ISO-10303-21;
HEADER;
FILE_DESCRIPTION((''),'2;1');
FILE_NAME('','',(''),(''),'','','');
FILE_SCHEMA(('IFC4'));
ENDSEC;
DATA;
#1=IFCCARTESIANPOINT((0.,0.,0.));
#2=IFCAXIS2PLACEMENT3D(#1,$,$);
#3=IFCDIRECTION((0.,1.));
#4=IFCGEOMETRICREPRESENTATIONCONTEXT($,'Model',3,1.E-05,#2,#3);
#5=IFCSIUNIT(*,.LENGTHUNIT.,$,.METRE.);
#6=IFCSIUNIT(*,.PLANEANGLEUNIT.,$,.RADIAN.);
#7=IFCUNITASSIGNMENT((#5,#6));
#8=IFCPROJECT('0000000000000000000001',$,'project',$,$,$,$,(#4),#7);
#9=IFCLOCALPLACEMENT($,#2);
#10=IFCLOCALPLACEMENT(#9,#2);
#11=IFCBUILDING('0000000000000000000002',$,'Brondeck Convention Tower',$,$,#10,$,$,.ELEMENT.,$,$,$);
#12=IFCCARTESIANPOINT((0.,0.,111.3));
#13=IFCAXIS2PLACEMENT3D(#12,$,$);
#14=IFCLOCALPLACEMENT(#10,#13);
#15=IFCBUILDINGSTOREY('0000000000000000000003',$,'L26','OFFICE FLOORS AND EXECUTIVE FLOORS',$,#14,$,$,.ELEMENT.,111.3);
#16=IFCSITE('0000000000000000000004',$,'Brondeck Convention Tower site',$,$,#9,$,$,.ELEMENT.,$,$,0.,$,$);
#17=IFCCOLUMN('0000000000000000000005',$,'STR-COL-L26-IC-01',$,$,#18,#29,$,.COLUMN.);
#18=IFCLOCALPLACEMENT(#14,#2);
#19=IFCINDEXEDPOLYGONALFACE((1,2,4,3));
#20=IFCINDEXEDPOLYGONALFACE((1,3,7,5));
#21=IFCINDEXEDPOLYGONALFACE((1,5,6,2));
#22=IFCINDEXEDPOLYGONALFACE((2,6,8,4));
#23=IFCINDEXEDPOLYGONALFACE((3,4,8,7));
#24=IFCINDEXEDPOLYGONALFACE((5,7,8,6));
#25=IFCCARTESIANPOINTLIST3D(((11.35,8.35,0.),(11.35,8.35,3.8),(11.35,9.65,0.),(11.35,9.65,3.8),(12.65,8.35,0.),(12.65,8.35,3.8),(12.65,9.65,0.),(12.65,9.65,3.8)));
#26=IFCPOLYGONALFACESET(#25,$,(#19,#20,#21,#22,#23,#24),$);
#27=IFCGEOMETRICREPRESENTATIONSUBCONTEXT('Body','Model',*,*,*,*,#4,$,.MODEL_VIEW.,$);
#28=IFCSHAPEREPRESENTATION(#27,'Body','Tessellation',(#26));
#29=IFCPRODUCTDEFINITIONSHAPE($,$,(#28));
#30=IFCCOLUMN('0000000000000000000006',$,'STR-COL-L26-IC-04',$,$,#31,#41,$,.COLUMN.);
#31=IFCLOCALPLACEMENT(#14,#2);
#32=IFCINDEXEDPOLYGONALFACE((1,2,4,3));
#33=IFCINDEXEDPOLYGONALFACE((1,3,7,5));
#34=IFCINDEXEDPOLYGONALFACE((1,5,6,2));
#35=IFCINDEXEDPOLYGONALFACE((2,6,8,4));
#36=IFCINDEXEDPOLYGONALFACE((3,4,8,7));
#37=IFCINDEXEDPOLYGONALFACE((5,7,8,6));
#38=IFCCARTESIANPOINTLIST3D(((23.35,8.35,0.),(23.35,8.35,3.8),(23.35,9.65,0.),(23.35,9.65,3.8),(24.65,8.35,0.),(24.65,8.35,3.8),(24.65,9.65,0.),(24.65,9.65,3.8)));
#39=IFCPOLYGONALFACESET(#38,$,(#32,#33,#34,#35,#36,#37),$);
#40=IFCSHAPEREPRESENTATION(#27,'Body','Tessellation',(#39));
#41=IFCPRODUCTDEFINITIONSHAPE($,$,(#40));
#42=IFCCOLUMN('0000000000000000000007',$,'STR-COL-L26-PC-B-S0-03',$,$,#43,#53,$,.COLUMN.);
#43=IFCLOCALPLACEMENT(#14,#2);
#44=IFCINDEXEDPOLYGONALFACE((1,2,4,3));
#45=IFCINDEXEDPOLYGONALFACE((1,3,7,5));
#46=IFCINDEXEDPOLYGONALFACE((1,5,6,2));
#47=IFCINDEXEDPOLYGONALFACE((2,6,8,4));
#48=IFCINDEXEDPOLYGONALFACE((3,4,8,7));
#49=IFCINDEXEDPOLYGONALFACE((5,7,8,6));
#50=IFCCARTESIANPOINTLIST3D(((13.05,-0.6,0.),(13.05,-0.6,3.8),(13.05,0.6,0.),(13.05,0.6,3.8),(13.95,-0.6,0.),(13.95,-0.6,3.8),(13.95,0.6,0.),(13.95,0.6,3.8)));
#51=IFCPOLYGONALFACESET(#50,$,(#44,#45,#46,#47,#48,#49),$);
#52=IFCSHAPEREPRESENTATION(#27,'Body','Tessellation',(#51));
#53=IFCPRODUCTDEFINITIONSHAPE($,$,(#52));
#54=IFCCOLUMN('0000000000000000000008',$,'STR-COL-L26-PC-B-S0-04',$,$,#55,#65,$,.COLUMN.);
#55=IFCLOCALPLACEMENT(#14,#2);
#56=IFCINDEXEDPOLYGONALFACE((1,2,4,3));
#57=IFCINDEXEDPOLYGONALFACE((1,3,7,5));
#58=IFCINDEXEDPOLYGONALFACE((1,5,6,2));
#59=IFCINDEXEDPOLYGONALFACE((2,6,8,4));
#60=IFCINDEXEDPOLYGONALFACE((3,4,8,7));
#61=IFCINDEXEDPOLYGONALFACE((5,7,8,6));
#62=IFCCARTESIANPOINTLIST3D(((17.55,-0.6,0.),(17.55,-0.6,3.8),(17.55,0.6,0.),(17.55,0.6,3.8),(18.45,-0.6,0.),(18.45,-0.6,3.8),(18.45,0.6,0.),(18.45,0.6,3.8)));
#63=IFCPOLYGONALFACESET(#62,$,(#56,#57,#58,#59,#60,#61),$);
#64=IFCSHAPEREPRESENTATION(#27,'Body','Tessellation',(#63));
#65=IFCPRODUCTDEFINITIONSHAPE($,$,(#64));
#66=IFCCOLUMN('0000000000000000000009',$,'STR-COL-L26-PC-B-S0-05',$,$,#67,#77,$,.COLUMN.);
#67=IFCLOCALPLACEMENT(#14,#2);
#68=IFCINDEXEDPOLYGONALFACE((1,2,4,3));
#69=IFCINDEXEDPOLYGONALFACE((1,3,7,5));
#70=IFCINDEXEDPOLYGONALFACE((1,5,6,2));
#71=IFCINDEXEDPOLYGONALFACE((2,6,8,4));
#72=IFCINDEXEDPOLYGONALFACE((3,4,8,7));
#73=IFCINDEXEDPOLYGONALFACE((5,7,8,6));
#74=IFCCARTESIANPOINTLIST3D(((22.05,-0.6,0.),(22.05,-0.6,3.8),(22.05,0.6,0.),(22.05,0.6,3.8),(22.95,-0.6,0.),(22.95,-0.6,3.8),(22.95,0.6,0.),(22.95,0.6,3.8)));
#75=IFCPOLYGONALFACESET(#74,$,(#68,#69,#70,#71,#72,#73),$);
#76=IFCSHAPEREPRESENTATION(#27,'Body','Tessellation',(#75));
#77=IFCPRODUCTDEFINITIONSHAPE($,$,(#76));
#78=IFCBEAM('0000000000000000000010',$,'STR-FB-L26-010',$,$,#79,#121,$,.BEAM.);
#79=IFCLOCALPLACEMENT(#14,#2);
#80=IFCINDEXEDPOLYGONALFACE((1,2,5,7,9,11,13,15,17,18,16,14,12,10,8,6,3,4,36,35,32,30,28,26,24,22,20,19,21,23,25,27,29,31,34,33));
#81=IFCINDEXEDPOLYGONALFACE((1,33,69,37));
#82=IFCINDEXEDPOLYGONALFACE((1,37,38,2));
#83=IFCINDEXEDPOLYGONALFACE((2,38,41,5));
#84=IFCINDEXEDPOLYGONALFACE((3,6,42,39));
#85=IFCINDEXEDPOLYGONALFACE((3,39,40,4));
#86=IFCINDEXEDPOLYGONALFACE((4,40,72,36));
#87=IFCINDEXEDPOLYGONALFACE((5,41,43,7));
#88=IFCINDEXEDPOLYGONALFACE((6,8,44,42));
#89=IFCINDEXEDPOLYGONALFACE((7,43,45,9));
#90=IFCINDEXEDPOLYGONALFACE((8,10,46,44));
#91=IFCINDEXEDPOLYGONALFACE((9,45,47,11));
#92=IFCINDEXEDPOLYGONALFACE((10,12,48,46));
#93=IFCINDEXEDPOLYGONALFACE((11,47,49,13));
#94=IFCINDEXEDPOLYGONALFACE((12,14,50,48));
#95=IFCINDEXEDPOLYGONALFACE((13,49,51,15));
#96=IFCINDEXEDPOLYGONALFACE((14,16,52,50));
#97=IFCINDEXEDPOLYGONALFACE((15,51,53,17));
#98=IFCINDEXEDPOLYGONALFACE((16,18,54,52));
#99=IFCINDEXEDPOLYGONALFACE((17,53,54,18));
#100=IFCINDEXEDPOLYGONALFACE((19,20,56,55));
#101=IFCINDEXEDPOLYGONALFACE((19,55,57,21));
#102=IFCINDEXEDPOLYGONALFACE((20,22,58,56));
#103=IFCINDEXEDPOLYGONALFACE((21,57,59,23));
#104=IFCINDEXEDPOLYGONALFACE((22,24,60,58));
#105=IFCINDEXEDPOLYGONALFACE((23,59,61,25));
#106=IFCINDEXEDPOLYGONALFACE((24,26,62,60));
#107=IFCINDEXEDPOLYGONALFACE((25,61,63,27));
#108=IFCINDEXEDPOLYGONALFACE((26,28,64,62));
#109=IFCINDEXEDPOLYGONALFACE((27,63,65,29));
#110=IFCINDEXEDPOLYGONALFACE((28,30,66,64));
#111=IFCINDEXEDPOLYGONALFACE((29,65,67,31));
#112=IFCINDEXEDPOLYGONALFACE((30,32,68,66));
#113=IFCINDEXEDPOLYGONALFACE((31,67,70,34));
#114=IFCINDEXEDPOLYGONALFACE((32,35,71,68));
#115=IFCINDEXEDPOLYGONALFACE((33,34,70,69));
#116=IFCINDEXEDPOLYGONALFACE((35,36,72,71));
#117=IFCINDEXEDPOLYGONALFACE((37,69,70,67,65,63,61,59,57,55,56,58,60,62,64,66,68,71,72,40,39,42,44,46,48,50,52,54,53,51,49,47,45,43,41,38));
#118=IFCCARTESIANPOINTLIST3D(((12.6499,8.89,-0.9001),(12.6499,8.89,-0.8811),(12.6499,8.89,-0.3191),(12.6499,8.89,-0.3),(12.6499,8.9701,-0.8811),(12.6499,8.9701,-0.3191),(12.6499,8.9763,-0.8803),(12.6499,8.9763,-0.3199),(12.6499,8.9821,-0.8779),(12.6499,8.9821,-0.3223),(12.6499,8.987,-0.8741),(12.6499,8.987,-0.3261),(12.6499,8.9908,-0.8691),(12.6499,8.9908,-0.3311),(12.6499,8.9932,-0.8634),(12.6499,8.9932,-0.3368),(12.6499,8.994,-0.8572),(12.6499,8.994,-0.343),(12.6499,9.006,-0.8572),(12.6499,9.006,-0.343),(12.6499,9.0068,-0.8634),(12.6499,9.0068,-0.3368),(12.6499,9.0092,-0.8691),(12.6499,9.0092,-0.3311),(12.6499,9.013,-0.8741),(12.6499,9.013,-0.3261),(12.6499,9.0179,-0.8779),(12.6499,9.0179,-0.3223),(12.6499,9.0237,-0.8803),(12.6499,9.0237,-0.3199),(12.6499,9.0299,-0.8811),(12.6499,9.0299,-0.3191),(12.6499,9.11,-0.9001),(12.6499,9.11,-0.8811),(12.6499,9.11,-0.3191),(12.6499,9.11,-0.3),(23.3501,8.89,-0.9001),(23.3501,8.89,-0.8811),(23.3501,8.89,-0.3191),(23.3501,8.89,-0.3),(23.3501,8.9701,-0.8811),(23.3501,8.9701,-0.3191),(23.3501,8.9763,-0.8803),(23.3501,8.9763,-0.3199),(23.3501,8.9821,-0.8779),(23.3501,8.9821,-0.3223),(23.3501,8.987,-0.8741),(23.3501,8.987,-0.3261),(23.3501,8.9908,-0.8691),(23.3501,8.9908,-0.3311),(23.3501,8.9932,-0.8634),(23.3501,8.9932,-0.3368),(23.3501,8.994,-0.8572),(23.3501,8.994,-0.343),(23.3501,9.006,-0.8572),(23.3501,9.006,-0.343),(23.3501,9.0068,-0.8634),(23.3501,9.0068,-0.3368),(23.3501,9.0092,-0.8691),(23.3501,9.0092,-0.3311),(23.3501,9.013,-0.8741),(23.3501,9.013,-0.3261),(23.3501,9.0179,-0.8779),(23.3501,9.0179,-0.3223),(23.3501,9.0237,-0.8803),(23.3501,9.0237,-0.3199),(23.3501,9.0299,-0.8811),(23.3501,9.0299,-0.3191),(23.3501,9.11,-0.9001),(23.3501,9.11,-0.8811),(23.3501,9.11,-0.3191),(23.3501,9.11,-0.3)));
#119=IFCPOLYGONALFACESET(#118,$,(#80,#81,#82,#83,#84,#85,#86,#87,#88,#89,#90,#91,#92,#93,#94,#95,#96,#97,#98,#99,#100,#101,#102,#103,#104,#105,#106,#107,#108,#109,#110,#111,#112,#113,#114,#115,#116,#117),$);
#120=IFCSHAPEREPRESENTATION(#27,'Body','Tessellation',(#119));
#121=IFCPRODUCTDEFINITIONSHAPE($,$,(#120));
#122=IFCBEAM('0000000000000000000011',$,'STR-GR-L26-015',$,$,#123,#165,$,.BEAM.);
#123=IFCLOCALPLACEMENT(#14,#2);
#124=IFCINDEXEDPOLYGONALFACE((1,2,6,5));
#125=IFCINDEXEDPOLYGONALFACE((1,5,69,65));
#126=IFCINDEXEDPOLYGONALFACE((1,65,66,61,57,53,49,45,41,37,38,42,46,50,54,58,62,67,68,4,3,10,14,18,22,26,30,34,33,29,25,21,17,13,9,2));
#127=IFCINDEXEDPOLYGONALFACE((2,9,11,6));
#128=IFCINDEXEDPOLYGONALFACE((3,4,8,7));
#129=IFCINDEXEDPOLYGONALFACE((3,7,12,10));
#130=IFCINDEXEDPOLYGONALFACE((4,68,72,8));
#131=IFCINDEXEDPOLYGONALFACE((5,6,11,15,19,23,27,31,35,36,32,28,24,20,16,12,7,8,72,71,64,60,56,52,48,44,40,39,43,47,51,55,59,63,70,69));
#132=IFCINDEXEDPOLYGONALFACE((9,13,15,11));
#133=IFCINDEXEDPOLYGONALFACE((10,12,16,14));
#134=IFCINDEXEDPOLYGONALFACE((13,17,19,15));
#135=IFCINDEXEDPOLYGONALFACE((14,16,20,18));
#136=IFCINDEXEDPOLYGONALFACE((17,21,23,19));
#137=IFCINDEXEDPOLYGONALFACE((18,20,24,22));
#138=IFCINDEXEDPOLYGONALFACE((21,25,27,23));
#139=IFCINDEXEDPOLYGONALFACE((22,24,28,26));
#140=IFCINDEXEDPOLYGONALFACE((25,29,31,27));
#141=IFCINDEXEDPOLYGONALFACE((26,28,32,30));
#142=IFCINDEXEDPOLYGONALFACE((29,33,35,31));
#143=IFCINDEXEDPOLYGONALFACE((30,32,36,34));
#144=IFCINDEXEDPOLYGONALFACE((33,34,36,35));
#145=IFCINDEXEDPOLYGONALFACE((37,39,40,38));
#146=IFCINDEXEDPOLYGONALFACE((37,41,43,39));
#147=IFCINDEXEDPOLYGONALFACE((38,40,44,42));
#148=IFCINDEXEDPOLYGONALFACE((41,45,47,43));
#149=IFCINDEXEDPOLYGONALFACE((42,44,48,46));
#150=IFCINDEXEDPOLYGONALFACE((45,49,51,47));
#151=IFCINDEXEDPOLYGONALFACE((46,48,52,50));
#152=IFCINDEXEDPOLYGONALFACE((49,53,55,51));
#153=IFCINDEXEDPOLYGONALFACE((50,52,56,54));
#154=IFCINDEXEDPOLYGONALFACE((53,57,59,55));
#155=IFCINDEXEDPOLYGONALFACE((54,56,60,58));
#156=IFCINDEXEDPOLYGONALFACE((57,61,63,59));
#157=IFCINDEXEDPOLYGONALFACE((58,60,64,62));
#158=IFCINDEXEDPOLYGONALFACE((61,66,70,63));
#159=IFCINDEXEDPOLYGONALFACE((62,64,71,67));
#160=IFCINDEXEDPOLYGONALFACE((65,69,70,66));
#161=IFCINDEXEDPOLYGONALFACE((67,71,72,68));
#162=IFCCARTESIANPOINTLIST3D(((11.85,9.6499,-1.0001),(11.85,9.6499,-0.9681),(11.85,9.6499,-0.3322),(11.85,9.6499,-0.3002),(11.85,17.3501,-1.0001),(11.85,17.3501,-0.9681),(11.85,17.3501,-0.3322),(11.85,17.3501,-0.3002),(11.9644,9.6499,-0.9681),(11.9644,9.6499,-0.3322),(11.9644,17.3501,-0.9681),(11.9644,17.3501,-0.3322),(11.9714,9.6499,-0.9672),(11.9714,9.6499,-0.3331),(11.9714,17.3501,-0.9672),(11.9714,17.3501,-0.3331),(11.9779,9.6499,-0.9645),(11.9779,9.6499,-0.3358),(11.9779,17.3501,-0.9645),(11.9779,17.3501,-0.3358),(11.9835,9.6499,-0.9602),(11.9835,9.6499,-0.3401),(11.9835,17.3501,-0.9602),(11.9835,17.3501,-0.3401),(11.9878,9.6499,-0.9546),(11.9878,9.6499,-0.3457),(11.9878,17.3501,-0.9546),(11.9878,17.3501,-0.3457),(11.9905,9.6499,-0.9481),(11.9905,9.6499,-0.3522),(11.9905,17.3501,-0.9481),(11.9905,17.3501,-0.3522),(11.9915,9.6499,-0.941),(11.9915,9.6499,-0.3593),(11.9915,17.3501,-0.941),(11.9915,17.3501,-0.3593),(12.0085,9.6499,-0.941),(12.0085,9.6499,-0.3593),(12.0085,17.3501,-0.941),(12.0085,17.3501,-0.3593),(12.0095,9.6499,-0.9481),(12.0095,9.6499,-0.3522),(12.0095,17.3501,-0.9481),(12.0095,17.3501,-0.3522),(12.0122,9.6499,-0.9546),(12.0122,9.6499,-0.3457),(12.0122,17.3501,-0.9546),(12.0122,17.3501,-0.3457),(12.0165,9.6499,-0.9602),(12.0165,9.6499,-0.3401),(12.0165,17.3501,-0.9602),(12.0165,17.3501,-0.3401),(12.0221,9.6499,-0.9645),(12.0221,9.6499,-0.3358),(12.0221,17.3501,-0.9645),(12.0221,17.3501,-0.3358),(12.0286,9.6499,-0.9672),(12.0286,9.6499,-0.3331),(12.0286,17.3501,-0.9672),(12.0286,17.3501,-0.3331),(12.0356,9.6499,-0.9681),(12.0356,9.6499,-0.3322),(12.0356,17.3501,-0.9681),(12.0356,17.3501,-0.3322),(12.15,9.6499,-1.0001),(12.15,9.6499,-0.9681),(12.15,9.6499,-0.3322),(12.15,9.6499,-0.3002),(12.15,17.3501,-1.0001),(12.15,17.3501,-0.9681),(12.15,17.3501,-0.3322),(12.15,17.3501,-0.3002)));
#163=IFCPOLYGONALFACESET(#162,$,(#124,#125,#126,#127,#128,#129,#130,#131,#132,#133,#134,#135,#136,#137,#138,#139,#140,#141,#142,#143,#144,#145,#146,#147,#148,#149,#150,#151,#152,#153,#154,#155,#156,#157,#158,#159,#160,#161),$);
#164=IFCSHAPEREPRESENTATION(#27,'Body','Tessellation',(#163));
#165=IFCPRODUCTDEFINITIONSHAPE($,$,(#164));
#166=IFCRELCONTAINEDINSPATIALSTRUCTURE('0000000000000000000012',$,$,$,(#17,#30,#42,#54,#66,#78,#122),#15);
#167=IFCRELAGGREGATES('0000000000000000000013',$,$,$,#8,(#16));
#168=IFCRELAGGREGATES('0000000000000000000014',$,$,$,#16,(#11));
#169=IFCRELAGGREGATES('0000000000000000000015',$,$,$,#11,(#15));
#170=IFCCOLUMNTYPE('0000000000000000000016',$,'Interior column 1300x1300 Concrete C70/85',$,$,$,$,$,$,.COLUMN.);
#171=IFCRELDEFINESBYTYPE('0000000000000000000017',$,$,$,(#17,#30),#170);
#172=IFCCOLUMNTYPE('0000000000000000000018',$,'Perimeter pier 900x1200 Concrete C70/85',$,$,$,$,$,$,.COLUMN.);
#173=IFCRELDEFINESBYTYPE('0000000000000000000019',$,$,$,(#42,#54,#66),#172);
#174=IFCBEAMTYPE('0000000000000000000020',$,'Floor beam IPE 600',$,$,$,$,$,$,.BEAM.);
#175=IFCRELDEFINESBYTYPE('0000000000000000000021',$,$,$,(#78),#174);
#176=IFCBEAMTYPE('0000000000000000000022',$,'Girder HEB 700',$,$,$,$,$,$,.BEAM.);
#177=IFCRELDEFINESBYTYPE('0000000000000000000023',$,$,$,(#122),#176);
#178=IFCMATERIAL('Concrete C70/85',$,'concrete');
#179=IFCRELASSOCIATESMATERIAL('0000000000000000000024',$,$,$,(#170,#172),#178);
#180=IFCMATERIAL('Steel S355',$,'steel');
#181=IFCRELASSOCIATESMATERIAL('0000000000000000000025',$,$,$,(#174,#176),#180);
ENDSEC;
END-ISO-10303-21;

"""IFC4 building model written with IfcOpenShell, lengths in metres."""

from ifc_helpers import new_model, si_unit, direction, frame, origin, origin_2d, place, context, subcontext, project, spatial, rectangle, i_section, extrude, material, material_profile, profile_set, type_object, element, save


model = new_model("IFC4")

# Units and contexts
model_context = context("Model", 3, precision=1e-05, world=origin(), true_north=direction((0.0, 1.0)))
body_context = subcontext(model_context, "Body", "Model", "MODEL_VIEW")
ifc_project = project(units=[si_unit("LENGTHUNIT", "METRE"), si_unit("PLANEANGLEUNIT", "RADIAN")], contexts=[model_context])

# Site, building, storey
site_placement = place(None, origin())
site = spatial("IfcSite", under=ifc_project, at=site_placement, Name="Brondeck Convention Tower site", CompositionType="ELEMENT", RefElevation=0.0)
building_placement = place(site_placement, origin())
building = spatial("IfcBuilding", under=site, at=building_placement, Name="Brondeck Convention Tower", CompositionType="ELEMENT")
storey_placement = place(building_placement, frame((0.0, 0.0, 111.3)))
storey = spatial("IfcBuildingStorey", under=building, at=storey_placement, Name="L26", Description="OFFICE FLOORS AND EXECUTIVE FLOORS", CompositionType="ELEMENT", Elevation=111.3)

# Columns
ifc_material_1 = material(Name="Concrete C70/85", Category="concrete")
ifc_material_profile_1 = material_profile(ifc_material_1, rectangle(XDim=1.3, YDim=1.3, at=origin_2d()), Name="Interior column 1300x1300 Concrete C70/85")
ifc_profile_set_1 = profile_set([ifc_material_profile_1], Name="Concrete C70/85")
column_type_1 = type_object("IfcColumnType", Name="Interior column 1300x1300 Concrete C70/85", PredefinedType="COLUMN", material=ifc_profile_set_1)
for number, where, z_axis, x_axis, name in (
    (1, (12.0, 9.0, 0.0), (0.0, 0.0, 1.0), (1.0, 0.0, 0.0), "STR-COL-L26-IC-01"),
    (2, (24.0, 9.0, 0.0), (0.0, 0.0, 1.0), (1.0, 0.0, 0.0), "STR-COL-L26-IC-04"),
):
    element("IfcColumn", number, at=place(storey_placement, frame(where, z_axis=z_axis, x_axis=x_axis)), inside=storey, type_object=column_type_1, Name=name, PredefinedType="COLUMN", context=body_context, shape_type="SweptSolid", body=[
        extrude(rectangle(XDim=1.3, YDim=1.3, at=origin_2d()), origin(), (0.0, 0.0, 1.0), 3.8),
    ])
ifc_material_profile_2 = material_profile(ifc_material_1, rectangle(XDim=0.8999, YDim=1.2, at=origin_2d()), Name="Perimeter pier 900x1200 Concrete C70/85")
ifc_profile_set_2 = profile_set([ifc_material_profile_2], Name="Concrete C70/85")
column_type_2 = type_object("IfcColumnType", Name="Perimeter pier 900x1200 Concrete C70/85", PredefinedType="COLUMN", material=ifc_profile_set_2)
for number, where, z_axis, x_axis, name in (
    (3, (13.5, 0.0, 0.0), (0.0, 0.0, 1.0), (1.0, 0.0, 0.0), "STR-COL-L26-PC-B-S0-03"),
    (4, (18.0, 0.0, 0.0), (0.0, 0.0, 1.0), (1.0, 0.0, 0.0), "STR-COL-L26-PC-B-S0-04"),
    (5, (22.5, 0.0, 0.0), (0.0, 0.0, 1.0), (1.0, 0.0, 0.0), "STR-COL-L26-PC-B-S0-05"),
):
    element("IfcColumn", number, at=place(storey_placement, frame(where, z_axis=z_axis, x_axis=x_axis)), inside=storey, type_object=column_type_2, Name=name, PredefinedType="COLUMN", context=body_context, shape_type="SweptSolid", body=[
        extrude(rectangle(XDim=0.8999, YDim=1.2, at=origin_2d()), origin(), (0.0, 0.0, 1.0), 3.8),
    ])

# Beams
ifc_material_2 = material(Name="Steel S355", Category="steel")
ifc_material_profile_3 = material_profile(ifc_material_2, i_section(OverallWidth=0.22, OverallDepth=0.6001, WebThickness=0.012, FlangeThickness=0.019, FilletRadius=0.0239, at=origin_2d()), Name="IPE 600")
ifc_profile_set_3 = profile_set([ifc_material_profile_3], Name="Steel S355")
beam_type_1 = type_object("IfcBeamType", Name="Floor beam IPE 600", PredefinedType="BEAM", material=ifc_profile_set_3)
beam_1_placement = place(storey_placement, frame((12.6499, 9.0, -0.6001), z_axis=(1.0, 0.0, 0.0), x_axis=(0.0, 1.0, 0.0)))
element("IfcBeam", 6, at=beam_1_placement, inside=storey, type_object=beam_type_1, Name="STR-FB-L26-010", PredefinedType="BEAM", context=body_context, shape_type="SweptSolid", body=[
    extrude(i_section(OverallWidth=0.22, OverallDepth=0.6001, WebThickness=0.012, FlangeThickness=0.019, FilletRadius=0.0239, at=origin_2d()), origin(), (0.0, 0.0, 1.0), 10.7002),
])
ifc_material_profile_4 = material_profile(ifc_material_2, i_section(OverallWidth=0.3, OverallDepth=0.7, WebThickness=0.0171, FlangeThickness=0.032, FilletRadius=0.0271, at=origin_2d()), Name="HEB 700")
ifc_profile_set_4 = profile_set([ifc_material_profile_4], Name="Steel S355")
beam_type_2 = type_object("IfcBeamType", Name="Girder HEB 700", PredefinedType="BEAM", material=ifc_profile_set_4)
beam_2_placement = place(storey_placement, frame((12.0, 17.3501, -0.6501), z_axis=(0.0, -1.0, 0.0), x_axis=(1.0, 0.0, 0.0)))
element("IfcBeam", 7, at=beam_2_placement, inside=storey, type_object=beam_type_2, Name="STR-GR-L26-015", PredefinedType="BEAM", context=body_context, shape_type="SweptSolid", body=[
    extrude(i_section(OverallWidth=0.3, OverallDepth=0.7, WebThickness=0.0171, FlangeThickness=0.032, FilletRadius=0.0271, at=origin_2d()), origin(), (0.0, 0.0, 1.0), 7.7002),
])

save(model, "model.ifc")
